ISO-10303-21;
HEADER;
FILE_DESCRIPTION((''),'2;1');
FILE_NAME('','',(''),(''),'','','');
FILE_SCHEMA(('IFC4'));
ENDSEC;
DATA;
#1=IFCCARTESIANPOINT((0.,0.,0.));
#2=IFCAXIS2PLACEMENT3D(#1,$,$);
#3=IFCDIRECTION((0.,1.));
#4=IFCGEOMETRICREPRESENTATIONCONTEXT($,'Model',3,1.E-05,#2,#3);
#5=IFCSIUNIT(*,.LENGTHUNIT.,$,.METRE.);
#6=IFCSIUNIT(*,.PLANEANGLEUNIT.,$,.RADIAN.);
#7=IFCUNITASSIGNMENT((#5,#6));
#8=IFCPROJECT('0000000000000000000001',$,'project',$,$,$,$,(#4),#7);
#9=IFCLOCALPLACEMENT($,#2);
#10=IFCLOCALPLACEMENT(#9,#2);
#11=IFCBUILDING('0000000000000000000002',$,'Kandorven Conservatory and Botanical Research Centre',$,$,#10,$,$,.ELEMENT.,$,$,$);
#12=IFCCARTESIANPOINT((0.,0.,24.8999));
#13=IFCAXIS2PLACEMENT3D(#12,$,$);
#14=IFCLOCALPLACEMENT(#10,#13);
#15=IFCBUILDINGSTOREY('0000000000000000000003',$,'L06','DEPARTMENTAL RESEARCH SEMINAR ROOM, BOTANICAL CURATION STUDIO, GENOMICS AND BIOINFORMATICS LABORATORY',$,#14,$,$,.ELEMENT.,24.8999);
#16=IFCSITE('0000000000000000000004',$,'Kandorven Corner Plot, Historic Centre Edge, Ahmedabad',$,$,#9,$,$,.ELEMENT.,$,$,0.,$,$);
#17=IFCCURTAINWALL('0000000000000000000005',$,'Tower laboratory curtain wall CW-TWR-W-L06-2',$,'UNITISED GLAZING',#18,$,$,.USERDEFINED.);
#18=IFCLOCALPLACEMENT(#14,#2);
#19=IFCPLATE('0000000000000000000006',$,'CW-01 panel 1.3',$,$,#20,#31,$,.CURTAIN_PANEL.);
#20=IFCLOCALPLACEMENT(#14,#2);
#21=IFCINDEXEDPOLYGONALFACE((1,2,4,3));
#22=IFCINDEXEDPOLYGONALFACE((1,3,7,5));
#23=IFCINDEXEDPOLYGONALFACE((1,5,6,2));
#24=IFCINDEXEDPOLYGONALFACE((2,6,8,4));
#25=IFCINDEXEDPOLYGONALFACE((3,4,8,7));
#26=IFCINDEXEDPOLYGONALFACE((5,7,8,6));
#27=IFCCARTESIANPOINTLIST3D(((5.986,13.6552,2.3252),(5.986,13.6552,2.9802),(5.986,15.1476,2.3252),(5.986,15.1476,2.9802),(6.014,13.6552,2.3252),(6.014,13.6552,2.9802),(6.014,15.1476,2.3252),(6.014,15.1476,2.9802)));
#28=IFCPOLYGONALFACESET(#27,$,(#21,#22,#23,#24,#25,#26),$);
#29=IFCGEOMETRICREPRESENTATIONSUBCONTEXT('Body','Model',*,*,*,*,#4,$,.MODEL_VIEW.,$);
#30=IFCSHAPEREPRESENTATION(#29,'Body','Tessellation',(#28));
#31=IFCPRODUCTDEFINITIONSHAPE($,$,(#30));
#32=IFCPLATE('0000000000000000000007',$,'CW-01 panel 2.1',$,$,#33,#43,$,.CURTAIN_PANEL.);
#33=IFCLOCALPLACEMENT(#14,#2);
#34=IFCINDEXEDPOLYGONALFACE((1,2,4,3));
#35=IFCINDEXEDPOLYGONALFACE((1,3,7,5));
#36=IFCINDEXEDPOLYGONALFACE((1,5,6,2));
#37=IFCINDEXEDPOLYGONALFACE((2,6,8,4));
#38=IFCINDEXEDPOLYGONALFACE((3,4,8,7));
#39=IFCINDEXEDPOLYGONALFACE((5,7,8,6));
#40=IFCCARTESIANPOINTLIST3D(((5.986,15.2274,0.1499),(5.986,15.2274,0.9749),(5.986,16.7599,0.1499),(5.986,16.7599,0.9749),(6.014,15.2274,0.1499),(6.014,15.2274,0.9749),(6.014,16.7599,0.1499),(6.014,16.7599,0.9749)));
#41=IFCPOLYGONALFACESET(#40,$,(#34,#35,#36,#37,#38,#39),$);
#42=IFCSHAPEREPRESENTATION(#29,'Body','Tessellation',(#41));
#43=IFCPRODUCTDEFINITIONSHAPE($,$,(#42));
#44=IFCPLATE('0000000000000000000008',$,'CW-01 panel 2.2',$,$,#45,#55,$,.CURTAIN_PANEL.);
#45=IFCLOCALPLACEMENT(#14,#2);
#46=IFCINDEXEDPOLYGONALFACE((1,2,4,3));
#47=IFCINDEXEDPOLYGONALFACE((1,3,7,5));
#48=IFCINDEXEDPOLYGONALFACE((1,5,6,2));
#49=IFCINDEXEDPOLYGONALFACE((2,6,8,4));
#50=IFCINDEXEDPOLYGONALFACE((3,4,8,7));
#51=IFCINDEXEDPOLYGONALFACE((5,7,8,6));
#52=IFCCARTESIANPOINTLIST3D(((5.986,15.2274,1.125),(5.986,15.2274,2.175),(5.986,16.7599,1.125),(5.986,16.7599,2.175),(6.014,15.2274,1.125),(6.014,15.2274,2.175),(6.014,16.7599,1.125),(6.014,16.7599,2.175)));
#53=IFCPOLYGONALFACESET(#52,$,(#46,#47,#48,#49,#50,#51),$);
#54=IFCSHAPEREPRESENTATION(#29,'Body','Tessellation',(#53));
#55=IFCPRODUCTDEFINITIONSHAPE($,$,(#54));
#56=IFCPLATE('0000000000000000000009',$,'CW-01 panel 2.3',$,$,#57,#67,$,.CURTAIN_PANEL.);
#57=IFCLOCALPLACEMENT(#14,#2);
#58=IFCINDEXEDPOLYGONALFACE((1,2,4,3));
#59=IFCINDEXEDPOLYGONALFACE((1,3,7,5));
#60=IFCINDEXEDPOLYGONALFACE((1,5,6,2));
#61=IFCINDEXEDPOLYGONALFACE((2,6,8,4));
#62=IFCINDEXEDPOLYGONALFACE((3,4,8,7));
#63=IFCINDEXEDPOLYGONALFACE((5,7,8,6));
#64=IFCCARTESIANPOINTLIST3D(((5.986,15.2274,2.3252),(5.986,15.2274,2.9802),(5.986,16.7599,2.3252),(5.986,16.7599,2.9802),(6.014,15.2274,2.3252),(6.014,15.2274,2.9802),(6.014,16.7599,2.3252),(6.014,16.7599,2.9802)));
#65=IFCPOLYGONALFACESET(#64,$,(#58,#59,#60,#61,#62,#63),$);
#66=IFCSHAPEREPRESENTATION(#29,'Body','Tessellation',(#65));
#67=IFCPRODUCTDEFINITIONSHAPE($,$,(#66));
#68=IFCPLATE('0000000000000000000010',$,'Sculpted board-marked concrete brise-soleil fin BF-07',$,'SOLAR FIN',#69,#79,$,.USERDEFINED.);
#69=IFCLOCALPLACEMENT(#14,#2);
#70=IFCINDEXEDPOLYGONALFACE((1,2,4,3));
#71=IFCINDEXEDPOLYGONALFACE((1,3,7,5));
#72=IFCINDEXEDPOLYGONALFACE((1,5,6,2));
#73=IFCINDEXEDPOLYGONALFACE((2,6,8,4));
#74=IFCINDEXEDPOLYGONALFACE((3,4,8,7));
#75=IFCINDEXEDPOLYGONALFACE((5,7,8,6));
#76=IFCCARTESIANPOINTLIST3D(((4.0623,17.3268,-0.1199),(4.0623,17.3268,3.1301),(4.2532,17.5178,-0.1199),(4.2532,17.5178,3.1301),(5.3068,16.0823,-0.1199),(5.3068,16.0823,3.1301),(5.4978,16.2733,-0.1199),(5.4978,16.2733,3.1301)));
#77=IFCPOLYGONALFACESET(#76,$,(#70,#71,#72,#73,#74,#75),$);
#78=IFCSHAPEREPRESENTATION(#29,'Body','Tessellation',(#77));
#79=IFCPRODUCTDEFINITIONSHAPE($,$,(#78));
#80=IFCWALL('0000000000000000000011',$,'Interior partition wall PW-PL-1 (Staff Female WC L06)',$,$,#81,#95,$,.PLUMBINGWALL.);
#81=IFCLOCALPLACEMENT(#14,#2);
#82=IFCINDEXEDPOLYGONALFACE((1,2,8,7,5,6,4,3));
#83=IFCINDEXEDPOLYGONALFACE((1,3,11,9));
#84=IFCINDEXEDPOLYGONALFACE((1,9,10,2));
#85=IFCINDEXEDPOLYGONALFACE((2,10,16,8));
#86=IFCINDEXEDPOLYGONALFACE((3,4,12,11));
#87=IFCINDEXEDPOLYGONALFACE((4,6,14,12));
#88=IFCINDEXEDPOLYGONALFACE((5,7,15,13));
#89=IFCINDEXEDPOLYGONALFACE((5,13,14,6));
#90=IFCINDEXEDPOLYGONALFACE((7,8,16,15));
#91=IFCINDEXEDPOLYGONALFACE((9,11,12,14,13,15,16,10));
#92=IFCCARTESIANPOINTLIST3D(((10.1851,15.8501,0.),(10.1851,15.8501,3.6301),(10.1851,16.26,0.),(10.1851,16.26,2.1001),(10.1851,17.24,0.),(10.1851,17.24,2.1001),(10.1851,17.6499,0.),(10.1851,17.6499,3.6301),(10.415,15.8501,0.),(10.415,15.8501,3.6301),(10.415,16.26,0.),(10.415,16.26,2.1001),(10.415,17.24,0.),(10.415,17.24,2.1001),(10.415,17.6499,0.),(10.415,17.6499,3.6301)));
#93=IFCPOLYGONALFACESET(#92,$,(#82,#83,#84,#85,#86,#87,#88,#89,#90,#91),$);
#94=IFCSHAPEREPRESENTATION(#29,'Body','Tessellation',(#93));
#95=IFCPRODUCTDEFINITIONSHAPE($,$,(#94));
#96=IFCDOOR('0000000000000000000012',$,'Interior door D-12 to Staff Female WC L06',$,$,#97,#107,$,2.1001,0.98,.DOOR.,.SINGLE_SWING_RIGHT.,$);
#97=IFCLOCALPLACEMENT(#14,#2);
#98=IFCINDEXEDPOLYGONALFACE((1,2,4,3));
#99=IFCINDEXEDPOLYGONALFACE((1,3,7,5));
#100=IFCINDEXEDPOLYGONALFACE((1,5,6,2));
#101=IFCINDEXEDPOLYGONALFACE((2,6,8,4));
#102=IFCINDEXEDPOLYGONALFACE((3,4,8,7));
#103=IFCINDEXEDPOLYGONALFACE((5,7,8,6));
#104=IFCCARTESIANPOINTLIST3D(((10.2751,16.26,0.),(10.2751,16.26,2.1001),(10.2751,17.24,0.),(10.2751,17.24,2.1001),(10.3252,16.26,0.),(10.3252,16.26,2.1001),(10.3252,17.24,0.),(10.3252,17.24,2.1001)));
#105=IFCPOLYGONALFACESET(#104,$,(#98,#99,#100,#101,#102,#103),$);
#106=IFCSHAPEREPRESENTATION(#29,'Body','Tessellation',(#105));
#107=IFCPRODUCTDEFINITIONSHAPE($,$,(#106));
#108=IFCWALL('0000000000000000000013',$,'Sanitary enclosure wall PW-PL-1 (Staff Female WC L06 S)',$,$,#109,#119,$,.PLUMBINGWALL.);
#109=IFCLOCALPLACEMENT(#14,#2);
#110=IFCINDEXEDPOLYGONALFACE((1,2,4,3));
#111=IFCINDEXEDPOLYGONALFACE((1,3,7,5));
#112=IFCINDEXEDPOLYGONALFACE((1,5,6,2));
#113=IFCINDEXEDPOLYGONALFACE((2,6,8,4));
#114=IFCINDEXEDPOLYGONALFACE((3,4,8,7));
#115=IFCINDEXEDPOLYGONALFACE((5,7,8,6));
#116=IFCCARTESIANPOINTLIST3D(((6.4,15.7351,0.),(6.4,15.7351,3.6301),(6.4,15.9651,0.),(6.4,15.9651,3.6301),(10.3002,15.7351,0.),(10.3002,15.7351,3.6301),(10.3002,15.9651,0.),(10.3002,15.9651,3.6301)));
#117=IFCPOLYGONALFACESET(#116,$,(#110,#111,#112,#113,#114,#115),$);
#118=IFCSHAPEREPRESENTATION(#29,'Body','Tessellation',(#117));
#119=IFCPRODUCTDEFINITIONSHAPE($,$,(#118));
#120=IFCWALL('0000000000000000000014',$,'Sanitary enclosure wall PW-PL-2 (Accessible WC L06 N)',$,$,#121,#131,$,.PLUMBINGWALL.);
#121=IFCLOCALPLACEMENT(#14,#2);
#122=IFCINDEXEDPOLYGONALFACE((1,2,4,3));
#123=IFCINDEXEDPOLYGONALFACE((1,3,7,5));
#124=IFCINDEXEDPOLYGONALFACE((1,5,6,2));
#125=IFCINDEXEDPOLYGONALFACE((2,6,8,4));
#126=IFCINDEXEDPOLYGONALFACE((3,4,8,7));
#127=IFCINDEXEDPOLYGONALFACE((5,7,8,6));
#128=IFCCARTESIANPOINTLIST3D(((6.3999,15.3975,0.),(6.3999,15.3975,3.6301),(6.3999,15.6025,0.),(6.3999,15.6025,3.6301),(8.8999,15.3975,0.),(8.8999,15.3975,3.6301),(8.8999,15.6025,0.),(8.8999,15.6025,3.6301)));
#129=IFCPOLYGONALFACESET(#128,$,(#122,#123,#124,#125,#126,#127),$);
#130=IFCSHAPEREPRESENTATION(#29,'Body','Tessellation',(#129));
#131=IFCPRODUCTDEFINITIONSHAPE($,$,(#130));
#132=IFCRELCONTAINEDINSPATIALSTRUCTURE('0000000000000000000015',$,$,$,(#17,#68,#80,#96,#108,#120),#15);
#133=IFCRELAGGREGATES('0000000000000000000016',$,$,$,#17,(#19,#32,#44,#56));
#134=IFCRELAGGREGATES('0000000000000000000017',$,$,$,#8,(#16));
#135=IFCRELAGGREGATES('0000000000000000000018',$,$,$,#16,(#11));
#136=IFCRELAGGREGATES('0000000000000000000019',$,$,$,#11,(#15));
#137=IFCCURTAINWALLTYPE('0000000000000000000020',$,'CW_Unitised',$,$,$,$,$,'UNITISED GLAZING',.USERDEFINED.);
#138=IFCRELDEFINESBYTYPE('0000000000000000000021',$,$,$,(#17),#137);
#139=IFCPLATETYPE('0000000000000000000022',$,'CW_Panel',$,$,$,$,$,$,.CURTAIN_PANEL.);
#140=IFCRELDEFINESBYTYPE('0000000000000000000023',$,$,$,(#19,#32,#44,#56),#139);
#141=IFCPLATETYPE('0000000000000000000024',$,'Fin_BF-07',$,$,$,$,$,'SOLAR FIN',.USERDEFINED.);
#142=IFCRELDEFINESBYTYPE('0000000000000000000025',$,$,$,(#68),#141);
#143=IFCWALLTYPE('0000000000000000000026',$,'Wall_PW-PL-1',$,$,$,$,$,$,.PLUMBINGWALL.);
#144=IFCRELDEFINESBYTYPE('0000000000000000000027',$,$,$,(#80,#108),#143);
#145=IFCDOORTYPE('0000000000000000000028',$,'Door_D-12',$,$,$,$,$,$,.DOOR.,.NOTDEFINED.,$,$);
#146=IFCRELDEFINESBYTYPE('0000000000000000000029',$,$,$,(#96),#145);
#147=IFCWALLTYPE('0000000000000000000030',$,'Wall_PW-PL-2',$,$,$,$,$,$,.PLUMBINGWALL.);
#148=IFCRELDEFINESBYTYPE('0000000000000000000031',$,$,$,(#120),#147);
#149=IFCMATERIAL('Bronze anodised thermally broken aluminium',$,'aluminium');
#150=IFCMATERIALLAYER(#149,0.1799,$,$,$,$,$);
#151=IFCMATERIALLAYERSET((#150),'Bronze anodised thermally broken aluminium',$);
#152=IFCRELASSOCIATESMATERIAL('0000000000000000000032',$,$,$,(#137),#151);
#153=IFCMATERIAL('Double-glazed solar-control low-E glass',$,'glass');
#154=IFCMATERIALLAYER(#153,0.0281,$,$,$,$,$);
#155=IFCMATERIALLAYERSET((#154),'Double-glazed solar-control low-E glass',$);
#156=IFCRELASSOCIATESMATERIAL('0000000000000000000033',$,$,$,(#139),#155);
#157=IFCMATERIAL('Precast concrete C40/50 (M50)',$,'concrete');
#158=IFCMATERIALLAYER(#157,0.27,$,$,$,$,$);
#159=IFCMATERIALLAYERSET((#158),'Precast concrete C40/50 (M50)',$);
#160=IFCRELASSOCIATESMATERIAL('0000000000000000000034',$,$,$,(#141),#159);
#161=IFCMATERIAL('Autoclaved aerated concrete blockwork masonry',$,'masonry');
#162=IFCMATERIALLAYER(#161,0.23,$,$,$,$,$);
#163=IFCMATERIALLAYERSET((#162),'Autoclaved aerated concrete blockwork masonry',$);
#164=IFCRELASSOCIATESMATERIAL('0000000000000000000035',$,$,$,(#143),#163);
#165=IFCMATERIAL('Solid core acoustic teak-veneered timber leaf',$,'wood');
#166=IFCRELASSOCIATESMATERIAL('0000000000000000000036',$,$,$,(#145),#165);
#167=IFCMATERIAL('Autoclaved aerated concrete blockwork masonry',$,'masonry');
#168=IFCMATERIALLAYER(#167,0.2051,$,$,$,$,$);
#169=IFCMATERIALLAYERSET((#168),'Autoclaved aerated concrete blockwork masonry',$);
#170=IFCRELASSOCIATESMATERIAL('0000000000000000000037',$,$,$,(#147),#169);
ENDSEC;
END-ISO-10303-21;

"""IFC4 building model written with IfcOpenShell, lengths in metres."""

from ifc_helpers import new_model, si_unit, direction, frame, frame_2d, origin, origin_2d, place, context, subcontext, project, spatial, rectangle, extrude, material, layer, layer_set, type_object, element, fill, aggregate, save


model = new_model("IFC4")

# Units and contexts
model_context = context("Model", 3, precision=1e-05, world=origin(), true_north=direction((0.0, 1.0)))
body_context = subcontext(model_context, "Body", "Model", "MODEL_VIEW")
ifc_project = project(units=[si_unit("LENGTHUNIT", "METRE"), si_unit("PLANEANGLEUNIT", "RADIAN")], contexts=[model_context])

# Site, building, storey
site_placement = place(None, origin())
site = spatial("IfcSite", under=ifc_project, at=site_placement, Name="Kandorven Corner Plot, Historic Centre Edge, Ahmedabad", CompositionType="ELEMENT", RefElevation=0.0)
building_placement = place(site_placement, origin())
building = spatial("IfcBuilding", under=site, at=building_placement, Name="Kandorven Conservatory and Botanical Research Centre", CompositionType="ELEMENT")
storey_placement = place(building_placement, frame((0.0, 0.0, 24.8999)))
storey = spatial("IfcBuildingStorey", under=building, at=storey_placement, Name="L06", Description="DEPARTMENTAL RESEARCH SEMINAR ROOM, BOTANICAL CURATION STUDIO, GENOMICS AND BIOINFORMATICS LABORATORY", CompositionType="ELEMENT", Elevation=24.8999)

# Curtain wall, plates
ifc_material_1 = material(Name="Bronze anodised thermally broken aluminium", Category="aluminium")
ifc_layer_1 = layer(ifc_material_1, 0.1799)
ifc_layer_set_1 = layer_set([ifc_layer_1], Name="Bronze anodised thermally broken aluminium")
curtain_wall_type = type_object("IfcCurtainWallType", Name="CW_Unitised", ElementType="UNITISED GLAZING", PredefinedType="USERDEFINED", material=ifc_layer_set_1)
curtain_wall_placement = place(storey_placement, origin())
curtain_wall = element("IfcCurtainWall", 1, at=curtain_wall_placement, inside=storey, type_object=curtain_wall_type, Name="Tower laboratory curtain wall CW-TWR-W-L06-2", ObjectType="UNITISED GLAZING", PredefinedType="USERDEFINED")
ifc_material_2 = material(Name="Double-glazed solar-control low-E glass", Category="glass")
ifc_layer_2 = layer(ifc_material_2, 0.0281)
ifc_layer_set_2 = layer_set([ifc_layer_2], Name="Double-glazed solar-control low-E glass")
plate_type_1 = type_object("IfcPlateType", Name="CW_Panel", PredefinedType="CURTAIN_PANEL", material=ifc_layer_set_2)
plate_1_placement = place(storey_placement, frame((6.0, 14.4014, 2.3252), z_axis=(0.0, 0.0, 1.0), x_axis=(0.0, 1.0, 0.0)))
plate_1 = element("IfcPlate", 2, at=plate_1_placement, type_object=plate_type_1, Name="CW-01 panel 1.3", PredefinedType="CURTAIN_PANEL", context=body_context, shape_type="SweptSolid", body=[
    extrude(rectangle(XDim=1.4924, YDim=0.0281, at=origin_2d()), origin(), (0.0, 0.0, 1.0), 0.655),
])
plate_2_placement = place(storey_placement, frame((6.0, 15.9937, 0.1499), z_axis=(0.0, 0.0, 1.0), x_axis=(0.0, 1.0, 0.0)))
plate_2 = element("IfcPlate", 3, at=plate_2_placement, type_object=plate_type_1, Name="CW-01 panel 2.1", PredefinedType="CURTAIN_PANEL", context=body_context, shape_type="SweptSolid", body=[
    extrude(rectangle(XDim=1.5325, YDim=0.0281, at=origin_2d()), origin(), (0.0, 0.0, 1.0), 0.825),
])
plate_3_placement = place(storey_placement, frame((6.0, 15.9937, 1.125), z_axis=(0.0, 0.0, 1.0), x_axis=(0.0, 1.0, 0.0)))
plate_3 = element("IfcPlate", 4, at=plate_3_placement, type_object=plate_type_1, Name="CW-01 panel 2.2", PredefinedType="CURTAIN_PANEL", context=body_context, shape_type="SweptSolid", body=[
    extrude(rectangle(XDim=1.5325, YDim=0.0281, at=origin_2d()), origin(), (0.0, 0.0, 1.0), 1.05),
])
plate_4_placement = place(storey_placement, frame((6.0, 15.9937, 2.3252), z_axis=(0.0, 0.0, 1.0), x_axis=(0.0, 1.0, 0.0)))
plate_4 = element("IfcPlate", 5, at=plate_4_placement, type_object=plate_type_1, Name="CW-01 panel 2.3", PredefinedType="CURTAIN_PANEL", context=body_context, shape_type="SweptSolid", body=[
    extrude(rectangle(XDim=1.5325, YDim=0.0281, at=origin_2d()), origin(), (0.0, 0.0, 1.0), 0.655),
])
aggregate(curtain_wall, [plate_1, plate_2, plate_3, plate_4])

# Plate
ifc_material_3 = material(Name="Precast concrete C40/50 (M50)", Category="concrete")
ifc_layer_3 = layer(ifc_material_3, 0.27)
ifc_layer_set_3 = layer_set([ifc_layer_3], Name="Precast concrete C40/50 (M50)")
plate_type_2 = type_object("IfcPlateType", Name="Fin_BF-07", ElementType="SOLAR FIN", PredefinedType="USERDEFINED", material=ifc_layer_set_3)
plate_5_placement = place(storey_placement, frame((4.78, 16.8, -0.1199), z_axis=(0.0, 0.0, 1.0), x_axis=(-0.707107, 0.707107, 0.0)))
element("IfcPlate", 6, at=plate_5_placement, inside=storey, type_object=plate_type_2, Name="Sculpted board-marked concrete brise-soleil fin BF-07", ObjectType="SOLAR FIN", PredefinedType="USERDEFINED", context=body_context, shape_type="SweptSolid", body=[
    extrude(rectangle(XDim=1.76, YDim=0.27, at=origin_2d()), origin(), (0.0, 0.0, 1.0), 3.25),
])

# Wall, opening, door
ifc_material_4 = material(Name="Autoclaved aerated concrete blockwork masonry", Category="masonry")
ifc_layer_4 = layer(ifc_material_4, 0.23)
ifc_layer_set_4 = layer_set([ifc_layer_4], Name="Autoclaved aerated concrete blockwork masonry")
wall_type_1 = type_object("IfcWallType", Name="Wall_PW-PL-1", PredefinedType="PLUMBINGWALL", material=ifc_layer_set_4)
wall_1_placement = place(storey_placement, frame((10.3, 15.8501, 0.0), z_axis=(0.0, 0.0, 1.0), x_axis=(0.0, 1.0, 0.0)))
wall_1 = element("IfcWall", 7, at=wall_1_placement, inside=storey, type_object=wall_type_1, Name="Interior partition wall PW-PL-1 (Staff Female WC L06)", PredefinedType="PLUMBINGWALL", context=body_context, shape_type="SweptSolid", body=[
    extrude(rectangle(XDim=1.7998, YDim=0.23, at=frame_2d((0.8999, 0.0))), origin(), (0.0, 0.0, 1.0), 3.6301),
])
opening_placement = place(wall_1_placement, frame((0.4099, 0.0, 0.0)))
opening = element("IfcOpeningElement", 8, at=opening_placement, cuts=wall_1, PredefinedType="OPENING", context=body_context, shape_type="SweptSolid", body=[
    extrude(rectangle(XDim=0.98, YDim=2.1001, at=frame_2d((0.49, 1.05))), frame((0.0, 0.125, 0.0), z_axis=(0.0, -1.0, 0.0), x_axis=(1.0, 0.0, 0.0)), (0.0, 0.0, 1.0), 0.25),
])
ifc_material_5 = material(Name="Solid core acoustic teak-veneered timber leaf", Category="wood")
door_type = type_object("IfcDoorType", Name="Door_D-12", OperationType="NOTDEFINED", PredefinedType="DOOR", material=ifc_material_5)
door_placement = place(opening_placement, origin())
door = element("IfcDoor", 9, at=door_placement, inside=storey, type_object=door_type, Name="Interior door D-12 to Staff Female WC L06", OperationType="SINGLE_SWING_RIGHT", OverallHeight=2.1001, OverallWidth=0.98, PredefinedType="DOOR", context=body_context, shape_type="SweptSolid", body=[
    extrude(rectangle(XDim=0.98, YDim=2.1001, at=frame_2d((0.49, 1.05))), frame((0.0, 0.0249, 0.0), z_axis=(0.0, -1.0, 0.0), x_axis=(1.0, 0.0, 0.0)), (0.0, 0.0, 1.0), 0.05),
])
fill(opening, door)

# Walls
wall_2_placement = place(storey_placement, frame((6.3999, 15.8501, 0.0), z_axis=(0.0, 0.0, 1.0), x_axis=(1.0, 0.0, 0.0)))
element("IfcWall", 10, at=wall_2_placement, inside=storey, type_object=wall_type_1, Name="Sanitary enclosure wall PW-PL-1 (Staff Female WC L06 S)", PredefinedType="PLUMBINGWALL", context=body_context, shape_type="SweptSolid", body=[
    extrude(rectangle(XDim=3.9001, YDim=0.23, at=frame_2d((1.9502, 0.0))), origin(), (0.0, 0.0, 1.0), 3.6301),
])
ifc_material_6 = material(Name="Autoclaved aerated concrete blockwork masonry", Category="masonry")
ifc_layer_5 = layer(ifc_material_6, 0.2051)
ifc_layer_set_5 = layer_set([ifc_layer_5], Name="Autoclaved aerated concrete blockwork masonry")
wall_type_2 = type_object("IfcWallType", Name="Wall_PW-PL-2", PredefinedType="PLUMBINGWALL", material=ifc_layer_set_5)
wall_3_placement = place(storey_placement, frame((6.3999, 15.5, 0.0), z_axis=(0.0, 0.0, 1.0), x_axis=(1.0, 0.0, 0.0)))
element("IfcWall", 11, at=wall_3_placement, inside=storey, type_object=wall_type_2, Name="Sanitary enclosure wall PW-PL-2 (Accessible WC L06 N)", PredefinedType="PLUMBINGWALL", context=body_context, shape_type="SweptSolid", body=[
    extrude(rectangle(XDim=2.5, YDim=0.2051, at=frame_2d((1.25, 0.0))), origin(), (0.0, 0.0, 1.0), 3.6301),
])

save(model, "model.ifc")
